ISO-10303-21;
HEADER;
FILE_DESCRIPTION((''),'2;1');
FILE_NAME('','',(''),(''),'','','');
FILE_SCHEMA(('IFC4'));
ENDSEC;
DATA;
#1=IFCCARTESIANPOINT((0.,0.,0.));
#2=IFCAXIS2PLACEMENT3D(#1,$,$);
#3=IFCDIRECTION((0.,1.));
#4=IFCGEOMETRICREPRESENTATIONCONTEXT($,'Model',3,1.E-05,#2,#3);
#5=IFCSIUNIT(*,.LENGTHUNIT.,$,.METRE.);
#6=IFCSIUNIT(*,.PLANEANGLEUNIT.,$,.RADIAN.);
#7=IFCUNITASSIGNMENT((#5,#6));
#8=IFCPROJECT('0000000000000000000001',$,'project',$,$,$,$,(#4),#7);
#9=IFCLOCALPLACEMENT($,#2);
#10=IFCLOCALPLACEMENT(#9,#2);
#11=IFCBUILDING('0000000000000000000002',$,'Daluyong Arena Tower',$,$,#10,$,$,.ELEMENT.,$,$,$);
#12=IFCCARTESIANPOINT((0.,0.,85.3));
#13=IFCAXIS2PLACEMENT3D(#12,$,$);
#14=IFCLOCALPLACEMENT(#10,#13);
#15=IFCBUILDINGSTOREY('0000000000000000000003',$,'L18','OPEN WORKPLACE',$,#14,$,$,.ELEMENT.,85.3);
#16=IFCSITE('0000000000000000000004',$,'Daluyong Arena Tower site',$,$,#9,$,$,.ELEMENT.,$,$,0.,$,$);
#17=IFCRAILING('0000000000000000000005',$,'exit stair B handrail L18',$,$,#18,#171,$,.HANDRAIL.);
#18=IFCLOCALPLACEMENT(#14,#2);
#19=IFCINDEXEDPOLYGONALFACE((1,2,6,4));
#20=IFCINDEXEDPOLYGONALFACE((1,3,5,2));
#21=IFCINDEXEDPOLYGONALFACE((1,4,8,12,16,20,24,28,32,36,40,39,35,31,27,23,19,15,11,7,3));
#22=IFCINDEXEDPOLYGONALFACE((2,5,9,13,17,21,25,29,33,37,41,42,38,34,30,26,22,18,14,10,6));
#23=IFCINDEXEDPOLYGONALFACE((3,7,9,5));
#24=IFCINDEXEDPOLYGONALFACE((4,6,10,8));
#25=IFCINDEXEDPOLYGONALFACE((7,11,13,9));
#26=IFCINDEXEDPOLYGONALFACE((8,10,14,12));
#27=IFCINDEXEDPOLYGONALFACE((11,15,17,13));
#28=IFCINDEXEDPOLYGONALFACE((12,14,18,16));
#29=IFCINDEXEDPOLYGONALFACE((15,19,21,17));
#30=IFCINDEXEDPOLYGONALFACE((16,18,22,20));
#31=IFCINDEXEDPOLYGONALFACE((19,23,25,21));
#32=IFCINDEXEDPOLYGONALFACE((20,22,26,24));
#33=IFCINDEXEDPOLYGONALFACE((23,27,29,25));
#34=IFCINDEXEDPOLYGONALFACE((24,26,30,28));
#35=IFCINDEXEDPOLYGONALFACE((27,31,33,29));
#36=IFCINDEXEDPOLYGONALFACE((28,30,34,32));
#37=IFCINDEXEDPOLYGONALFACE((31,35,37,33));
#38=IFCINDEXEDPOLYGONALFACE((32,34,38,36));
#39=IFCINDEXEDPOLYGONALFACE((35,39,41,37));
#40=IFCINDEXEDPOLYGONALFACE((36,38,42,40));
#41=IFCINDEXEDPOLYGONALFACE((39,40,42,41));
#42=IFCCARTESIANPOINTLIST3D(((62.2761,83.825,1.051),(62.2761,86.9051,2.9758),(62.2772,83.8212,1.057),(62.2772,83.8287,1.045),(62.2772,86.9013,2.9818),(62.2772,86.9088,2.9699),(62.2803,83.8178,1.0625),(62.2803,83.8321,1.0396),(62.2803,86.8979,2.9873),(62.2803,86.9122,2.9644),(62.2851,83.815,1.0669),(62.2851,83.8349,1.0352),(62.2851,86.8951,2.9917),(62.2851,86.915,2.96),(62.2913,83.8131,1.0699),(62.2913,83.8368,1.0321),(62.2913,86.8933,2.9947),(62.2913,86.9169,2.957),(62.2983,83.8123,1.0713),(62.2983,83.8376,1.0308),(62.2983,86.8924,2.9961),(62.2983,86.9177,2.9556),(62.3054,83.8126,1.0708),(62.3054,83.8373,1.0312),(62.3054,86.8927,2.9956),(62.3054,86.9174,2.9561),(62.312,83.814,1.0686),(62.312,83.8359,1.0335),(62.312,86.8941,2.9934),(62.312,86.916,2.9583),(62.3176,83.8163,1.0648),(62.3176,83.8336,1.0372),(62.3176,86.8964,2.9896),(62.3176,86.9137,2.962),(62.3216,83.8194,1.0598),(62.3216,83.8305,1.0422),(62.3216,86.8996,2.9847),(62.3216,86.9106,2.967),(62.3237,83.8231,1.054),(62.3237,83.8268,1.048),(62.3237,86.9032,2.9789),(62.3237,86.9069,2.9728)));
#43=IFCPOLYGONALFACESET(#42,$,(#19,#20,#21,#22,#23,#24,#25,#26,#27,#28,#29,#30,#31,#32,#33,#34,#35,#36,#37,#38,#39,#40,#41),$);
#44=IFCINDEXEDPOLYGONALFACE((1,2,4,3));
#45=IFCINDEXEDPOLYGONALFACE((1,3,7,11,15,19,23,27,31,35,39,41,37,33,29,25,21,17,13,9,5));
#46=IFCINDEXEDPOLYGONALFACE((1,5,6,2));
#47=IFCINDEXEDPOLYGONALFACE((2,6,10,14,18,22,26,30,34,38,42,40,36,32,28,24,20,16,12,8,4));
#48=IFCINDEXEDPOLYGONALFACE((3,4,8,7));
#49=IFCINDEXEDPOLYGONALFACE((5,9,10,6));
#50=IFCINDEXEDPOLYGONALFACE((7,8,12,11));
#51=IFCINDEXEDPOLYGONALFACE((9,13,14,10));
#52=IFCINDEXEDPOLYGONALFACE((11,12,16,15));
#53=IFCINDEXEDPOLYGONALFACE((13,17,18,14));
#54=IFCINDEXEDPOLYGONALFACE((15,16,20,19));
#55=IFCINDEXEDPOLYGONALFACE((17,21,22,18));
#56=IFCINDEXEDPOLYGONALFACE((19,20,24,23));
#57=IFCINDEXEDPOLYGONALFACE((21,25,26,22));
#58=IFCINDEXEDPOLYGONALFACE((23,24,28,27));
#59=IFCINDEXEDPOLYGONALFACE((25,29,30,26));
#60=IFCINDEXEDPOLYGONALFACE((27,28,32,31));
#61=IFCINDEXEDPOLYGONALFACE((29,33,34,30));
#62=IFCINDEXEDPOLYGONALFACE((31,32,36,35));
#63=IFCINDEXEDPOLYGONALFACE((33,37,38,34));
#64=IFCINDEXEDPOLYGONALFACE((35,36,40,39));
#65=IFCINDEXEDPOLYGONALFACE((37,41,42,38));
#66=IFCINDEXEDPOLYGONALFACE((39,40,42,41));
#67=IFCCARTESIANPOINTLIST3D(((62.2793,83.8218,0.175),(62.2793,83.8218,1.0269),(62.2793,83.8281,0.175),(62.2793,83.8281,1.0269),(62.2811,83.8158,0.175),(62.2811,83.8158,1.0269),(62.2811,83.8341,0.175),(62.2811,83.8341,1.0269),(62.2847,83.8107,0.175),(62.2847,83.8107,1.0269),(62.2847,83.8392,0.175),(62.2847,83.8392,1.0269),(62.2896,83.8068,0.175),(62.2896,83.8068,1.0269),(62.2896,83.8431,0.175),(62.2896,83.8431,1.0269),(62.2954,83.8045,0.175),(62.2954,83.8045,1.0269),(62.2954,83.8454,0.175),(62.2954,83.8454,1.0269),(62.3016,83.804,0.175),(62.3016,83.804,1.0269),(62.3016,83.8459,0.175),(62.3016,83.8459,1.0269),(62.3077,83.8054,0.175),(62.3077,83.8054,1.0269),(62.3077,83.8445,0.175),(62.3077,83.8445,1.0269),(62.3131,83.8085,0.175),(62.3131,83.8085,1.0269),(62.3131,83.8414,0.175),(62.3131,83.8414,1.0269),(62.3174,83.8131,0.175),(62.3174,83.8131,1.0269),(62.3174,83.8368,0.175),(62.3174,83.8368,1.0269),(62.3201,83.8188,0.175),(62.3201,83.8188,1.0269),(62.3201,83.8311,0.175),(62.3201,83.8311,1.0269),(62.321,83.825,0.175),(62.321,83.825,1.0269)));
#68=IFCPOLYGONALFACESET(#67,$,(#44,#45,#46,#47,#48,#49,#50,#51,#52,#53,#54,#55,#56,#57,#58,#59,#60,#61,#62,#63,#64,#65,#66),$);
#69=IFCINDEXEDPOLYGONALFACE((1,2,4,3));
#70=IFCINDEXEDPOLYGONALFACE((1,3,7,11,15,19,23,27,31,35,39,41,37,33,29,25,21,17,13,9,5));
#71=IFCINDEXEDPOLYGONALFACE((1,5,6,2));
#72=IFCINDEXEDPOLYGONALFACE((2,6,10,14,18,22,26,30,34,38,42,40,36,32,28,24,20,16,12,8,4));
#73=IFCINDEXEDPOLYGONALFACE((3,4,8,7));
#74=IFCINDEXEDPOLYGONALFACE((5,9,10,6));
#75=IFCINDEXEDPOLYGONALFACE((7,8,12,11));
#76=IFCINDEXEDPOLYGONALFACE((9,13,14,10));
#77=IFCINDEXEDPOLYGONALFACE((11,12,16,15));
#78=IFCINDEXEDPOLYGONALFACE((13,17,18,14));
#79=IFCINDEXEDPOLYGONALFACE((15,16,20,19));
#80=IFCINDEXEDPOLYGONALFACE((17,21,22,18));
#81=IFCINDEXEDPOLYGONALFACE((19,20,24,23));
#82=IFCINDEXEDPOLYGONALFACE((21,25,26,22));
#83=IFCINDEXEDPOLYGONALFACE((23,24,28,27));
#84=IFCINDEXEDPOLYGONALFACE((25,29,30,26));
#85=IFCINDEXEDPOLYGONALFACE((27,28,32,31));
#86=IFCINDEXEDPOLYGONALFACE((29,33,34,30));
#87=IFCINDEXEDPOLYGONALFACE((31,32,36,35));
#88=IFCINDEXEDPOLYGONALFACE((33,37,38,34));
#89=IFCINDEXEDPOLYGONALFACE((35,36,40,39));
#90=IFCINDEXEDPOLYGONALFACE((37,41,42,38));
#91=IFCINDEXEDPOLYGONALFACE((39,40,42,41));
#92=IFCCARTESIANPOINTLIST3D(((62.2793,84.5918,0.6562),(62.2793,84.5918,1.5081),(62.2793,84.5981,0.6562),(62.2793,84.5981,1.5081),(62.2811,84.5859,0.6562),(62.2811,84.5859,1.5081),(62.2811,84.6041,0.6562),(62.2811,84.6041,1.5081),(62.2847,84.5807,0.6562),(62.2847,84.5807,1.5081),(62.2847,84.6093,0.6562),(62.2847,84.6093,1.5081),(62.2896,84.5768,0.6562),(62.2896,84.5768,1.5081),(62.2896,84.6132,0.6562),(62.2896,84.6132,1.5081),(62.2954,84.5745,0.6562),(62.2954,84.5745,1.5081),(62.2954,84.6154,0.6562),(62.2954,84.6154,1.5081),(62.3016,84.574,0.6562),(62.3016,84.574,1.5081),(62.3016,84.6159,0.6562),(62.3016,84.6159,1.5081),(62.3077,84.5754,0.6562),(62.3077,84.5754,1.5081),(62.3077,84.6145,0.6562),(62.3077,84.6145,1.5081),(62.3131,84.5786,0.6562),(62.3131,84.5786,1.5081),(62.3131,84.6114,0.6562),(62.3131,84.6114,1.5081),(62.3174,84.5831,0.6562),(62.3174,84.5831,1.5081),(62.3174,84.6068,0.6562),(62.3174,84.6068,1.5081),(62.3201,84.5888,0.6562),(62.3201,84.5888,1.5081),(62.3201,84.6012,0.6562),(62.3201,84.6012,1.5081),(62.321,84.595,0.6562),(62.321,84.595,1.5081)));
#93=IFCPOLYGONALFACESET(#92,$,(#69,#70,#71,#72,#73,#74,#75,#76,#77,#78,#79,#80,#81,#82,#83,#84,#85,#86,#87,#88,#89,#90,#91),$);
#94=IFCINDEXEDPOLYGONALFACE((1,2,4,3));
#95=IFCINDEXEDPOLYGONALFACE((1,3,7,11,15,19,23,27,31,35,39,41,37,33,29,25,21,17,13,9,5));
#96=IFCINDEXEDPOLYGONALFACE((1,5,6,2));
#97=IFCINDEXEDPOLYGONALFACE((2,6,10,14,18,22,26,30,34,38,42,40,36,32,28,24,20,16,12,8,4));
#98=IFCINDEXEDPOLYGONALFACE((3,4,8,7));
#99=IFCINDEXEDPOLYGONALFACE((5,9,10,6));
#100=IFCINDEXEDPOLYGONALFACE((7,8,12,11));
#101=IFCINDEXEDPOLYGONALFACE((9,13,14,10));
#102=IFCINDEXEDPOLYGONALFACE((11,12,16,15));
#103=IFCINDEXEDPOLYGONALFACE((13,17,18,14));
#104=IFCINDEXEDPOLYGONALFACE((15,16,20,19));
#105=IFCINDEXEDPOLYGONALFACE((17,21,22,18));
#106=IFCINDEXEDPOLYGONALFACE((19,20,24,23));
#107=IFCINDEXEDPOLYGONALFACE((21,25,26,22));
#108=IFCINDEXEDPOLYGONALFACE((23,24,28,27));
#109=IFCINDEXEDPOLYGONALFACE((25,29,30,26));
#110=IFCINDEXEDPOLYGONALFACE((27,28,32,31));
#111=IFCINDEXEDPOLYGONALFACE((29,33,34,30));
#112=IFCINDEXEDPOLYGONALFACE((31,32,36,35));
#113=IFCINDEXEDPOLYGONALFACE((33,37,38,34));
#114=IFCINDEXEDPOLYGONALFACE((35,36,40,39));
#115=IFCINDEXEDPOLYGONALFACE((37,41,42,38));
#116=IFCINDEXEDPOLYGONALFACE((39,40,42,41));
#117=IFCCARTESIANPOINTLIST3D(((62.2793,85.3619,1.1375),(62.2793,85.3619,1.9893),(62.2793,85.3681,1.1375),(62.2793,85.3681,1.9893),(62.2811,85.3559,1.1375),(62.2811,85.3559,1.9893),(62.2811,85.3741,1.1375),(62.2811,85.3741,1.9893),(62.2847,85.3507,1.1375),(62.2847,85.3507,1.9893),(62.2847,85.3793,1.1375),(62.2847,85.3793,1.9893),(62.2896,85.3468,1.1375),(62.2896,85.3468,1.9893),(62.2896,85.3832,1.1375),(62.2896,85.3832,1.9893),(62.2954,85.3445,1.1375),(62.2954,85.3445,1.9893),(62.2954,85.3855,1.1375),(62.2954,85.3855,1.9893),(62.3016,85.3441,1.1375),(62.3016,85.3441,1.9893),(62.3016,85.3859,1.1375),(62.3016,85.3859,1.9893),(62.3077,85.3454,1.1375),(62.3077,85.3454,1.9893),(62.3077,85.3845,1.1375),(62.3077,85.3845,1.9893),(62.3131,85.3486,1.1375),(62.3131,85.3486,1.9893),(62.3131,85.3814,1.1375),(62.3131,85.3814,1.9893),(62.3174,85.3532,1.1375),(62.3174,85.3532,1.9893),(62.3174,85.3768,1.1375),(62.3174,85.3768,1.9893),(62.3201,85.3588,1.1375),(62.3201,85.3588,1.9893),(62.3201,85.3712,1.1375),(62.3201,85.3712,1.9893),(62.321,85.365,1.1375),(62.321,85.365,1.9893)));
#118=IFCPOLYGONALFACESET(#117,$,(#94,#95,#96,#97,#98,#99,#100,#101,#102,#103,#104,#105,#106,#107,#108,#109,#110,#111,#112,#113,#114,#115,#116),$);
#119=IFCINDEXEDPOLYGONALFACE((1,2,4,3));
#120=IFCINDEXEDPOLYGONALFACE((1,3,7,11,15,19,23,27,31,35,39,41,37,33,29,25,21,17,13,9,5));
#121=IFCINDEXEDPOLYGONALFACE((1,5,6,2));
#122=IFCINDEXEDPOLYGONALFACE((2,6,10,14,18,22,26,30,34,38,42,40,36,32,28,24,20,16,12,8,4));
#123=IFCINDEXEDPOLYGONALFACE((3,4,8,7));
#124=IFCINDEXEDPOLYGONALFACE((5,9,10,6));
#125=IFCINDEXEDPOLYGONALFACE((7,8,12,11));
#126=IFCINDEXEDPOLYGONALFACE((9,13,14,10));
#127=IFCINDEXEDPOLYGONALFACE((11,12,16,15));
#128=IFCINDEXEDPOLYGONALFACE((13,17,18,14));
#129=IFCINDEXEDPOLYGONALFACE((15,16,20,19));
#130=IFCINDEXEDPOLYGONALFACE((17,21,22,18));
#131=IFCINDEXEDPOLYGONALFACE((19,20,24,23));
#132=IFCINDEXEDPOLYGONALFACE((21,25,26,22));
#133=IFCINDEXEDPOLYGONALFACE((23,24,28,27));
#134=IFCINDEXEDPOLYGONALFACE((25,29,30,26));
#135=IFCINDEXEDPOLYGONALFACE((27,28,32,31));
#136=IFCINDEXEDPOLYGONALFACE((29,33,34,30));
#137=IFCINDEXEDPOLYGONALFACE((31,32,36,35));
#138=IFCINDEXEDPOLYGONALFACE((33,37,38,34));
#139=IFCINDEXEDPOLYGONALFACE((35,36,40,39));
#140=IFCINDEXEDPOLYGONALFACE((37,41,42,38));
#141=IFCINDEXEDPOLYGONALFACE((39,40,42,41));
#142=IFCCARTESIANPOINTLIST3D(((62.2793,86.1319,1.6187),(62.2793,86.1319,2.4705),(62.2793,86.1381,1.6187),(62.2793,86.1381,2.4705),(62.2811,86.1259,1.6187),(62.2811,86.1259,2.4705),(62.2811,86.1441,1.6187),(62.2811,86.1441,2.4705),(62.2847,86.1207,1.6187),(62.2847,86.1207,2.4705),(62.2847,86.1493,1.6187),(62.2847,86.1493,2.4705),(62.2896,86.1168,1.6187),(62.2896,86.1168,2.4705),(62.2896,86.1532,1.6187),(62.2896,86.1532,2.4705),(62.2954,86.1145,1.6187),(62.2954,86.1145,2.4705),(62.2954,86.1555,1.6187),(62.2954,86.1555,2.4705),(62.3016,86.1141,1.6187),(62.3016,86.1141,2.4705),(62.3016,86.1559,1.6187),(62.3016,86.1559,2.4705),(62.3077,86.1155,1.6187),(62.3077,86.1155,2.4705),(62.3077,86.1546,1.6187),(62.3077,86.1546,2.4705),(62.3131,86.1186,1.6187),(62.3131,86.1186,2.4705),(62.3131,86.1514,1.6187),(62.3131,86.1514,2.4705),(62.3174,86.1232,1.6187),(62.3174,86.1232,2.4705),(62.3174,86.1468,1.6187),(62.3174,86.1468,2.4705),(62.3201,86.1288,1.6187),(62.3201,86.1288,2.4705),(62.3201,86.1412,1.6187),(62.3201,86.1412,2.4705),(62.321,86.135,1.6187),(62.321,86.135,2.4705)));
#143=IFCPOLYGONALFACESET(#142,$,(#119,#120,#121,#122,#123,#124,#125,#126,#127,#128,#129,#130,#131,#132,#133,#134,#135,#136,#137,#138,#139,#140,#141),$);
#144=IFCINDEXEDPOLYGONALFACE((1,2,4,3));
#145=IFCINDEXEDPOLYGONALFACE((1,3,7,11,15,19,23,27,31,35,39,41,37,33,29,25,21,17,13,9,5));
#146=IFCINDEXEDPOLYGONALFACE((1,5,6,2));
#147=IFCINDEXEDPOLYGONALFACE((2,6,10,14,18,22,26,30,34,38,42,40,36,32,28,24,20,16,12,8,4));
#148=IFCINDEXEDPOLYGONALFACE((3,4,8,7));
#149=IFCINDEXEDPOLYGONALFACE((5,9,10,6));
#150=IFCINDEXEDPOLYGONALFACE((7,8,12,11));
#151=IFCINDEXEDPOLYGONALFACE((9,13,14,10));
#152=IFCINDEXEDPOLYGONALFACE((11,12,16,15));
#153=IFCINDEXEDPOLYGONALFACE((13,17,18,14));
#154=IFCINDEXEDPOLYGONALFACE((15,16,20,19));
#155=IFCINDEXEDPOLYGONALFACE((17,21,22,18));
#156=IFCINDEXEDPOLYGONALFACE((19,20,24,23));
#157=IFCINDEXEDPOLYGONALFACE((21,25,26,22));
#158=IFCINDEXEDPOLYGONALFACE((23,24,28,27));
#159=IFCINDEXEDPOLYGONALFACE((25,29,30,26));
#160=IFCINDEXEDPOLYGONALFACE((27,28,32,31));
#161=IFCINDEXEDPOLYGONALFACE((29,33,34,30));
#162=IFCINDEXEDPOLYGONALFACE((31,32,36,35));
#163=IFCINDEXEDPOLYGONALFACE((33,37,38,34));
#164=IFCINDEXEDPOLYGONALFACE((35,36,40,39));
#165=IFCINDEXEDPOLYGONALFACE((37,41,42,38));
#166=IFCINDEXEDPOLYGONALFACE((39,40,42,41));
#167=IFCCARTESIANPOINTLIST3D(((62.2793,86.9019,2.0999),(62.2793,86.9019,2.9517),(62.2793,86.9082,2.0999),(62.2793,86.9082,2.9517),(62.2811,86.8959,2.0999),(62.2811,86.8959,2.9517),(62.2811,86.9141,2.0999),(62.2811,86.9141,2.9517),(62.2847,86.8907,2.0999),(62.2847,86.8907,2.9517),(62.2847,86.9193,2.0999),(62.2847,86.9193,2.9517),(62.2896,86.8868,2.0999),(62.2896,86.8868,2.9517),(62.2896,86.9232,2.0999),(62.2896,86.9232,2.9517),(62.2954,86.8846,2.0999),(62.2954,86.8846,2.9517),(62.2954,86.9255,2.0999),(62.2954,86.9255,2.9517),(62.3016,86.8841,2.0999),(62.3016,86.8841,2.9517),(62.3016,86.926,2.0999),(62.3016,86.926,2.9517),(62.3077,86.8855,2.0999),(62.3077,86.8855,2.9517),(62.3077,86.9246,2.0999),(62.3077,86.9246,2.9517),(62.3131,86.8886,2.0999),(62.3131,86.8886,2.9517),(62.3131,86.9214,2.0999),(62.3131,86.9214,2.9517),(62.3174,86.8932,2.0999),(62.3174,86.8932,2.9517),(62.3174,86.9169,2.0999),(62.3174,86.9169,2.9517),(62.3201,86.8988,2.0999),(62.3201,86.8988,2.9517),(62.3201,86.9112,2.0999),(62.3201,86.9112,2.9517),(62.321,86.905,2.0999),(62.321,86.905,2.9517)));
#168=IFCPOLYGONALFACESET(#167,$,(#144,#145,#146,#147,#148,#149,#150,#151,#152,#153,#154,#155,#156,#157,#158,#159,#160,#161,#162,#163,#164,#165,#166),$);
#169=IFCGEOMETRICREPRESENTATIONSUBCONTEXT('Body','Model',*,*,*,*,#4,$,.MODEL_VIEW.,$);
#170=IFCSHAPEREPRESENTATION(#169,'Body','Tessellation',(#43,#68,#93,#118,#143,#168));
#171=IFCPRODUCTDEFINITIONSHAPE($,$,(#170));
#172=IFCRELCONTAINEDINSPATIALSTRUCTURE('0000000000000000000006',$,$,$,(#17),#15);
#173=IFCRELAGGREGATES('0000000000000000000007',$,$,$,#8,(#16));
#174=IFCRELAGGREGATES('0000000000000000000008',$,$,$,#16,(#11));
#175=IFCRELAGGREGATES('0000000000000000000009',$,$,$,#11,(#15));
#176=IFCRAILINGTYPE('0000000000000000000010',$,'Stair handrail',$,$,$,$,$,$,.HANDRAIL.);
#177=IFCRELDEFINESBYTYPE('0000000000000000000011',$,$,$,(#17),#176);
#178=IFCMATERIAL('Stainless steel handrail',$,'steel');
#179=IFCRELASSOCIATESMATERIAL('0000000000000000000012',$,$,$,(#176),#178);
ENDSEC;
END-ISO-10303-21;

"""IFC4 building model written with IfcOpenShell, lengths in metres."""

from ifc_helpers import new_model, si_unit, direction, frame, origin, origin_2d, place, context, subcontext, project, spatial, circle, extrude, material, type_object, element, save


model = new_model("IFC4")

# Units and contexts
model_context = context("Model", 3, precision=1e-05, world=origin(), true_north=direction((0.0, 1.0)))
body_context = subcontext(model_context, "Body", "Model", "MODEL_VIEW")
ifc_project = project(units=[si_unit("LENGTHUNIT", "METRE"), si_unit("PLANEANGLEUNIT", "RADIAN")], contexts=[model_context])

# Site, building, storey
site_placement = place(None, origin())
site = spatial("IfcSite", under=ifc_project, at=site_placement, Name="Daluyong Arena Tower site", CompositionType="ELEMENT", RefElevation=0.0)
building_placement = place(site_placement, origin())
building = spatial("IfcBuilding", under=site, at=building_placement, Name="Daluyong Arena Tower", CompositionType="ELEMENT")
storey_placement = place(building_placement, frame((0.0, 0.0, 85.3)))
storey = spatial("IfcBuildingStorey", under=building, at=storey_placement, Name="L18", Description="OPEN WORKPLACE", CompositionType="ELEMENT", Elevation=85.3)

# Railing
ifc_material_1 = material(Name="Stainless steel handrail", Category="steel")
railing_type_1 = type_object("IfcRailingType", Name="Stair handrail", PredefinedType="HANDRAIL", material=ifc_material_1)
railing_1_placement = place(storey_placement, frame((62.3, 83.825, 0.175)))
element("IfcRailing", 1, at=railing_1_placement, inside=storey, type_object=railing_type_1, Name="exit stair B handrail L18", PredefinedType="HANDRAIL", context=body_context, shape_type="SweptSolid", body=[
    extrude(circle(Radius=0.0239, at=origin_2d()), frame((0.0, 0.0, 0.876), z_axis=(0.0, 0.848029, 0.529951), x_axis=(-1.0, 0.0, 0.0)), (0.0, 0.0, 1.0), 3.6321),
    extrude(circle(Radius=0.021, at=origin_2d()), origin(), (0.0, 0.0, 1.0), 0.8518),
    extrude(circle(Radius=0.021, at=origin_2d()), frame((0.0, 0.77, 0.4812)), (0.0, 0.0, 1.0), 0.8518),
    extrude(circle(Radius=0.021, at=origin_2d()), frame((0.0, 1.54, 0.9624)), (0.0, 0.0, 1.0), 0.8518),
    extrude(circle(Radius=0.021, at=origin_2d()), frame((0.0, 2.3101, 1.4436)), (0.0, 0.0, 1.0), 0.8518),
    extrude(circle(Radius=0.021, at=origin_2d()), frame((0.0, 3.0801, 1.9248)), (0.0, 0.0, 1.0), 0.8518),
])

save(model, "model.ifc")
